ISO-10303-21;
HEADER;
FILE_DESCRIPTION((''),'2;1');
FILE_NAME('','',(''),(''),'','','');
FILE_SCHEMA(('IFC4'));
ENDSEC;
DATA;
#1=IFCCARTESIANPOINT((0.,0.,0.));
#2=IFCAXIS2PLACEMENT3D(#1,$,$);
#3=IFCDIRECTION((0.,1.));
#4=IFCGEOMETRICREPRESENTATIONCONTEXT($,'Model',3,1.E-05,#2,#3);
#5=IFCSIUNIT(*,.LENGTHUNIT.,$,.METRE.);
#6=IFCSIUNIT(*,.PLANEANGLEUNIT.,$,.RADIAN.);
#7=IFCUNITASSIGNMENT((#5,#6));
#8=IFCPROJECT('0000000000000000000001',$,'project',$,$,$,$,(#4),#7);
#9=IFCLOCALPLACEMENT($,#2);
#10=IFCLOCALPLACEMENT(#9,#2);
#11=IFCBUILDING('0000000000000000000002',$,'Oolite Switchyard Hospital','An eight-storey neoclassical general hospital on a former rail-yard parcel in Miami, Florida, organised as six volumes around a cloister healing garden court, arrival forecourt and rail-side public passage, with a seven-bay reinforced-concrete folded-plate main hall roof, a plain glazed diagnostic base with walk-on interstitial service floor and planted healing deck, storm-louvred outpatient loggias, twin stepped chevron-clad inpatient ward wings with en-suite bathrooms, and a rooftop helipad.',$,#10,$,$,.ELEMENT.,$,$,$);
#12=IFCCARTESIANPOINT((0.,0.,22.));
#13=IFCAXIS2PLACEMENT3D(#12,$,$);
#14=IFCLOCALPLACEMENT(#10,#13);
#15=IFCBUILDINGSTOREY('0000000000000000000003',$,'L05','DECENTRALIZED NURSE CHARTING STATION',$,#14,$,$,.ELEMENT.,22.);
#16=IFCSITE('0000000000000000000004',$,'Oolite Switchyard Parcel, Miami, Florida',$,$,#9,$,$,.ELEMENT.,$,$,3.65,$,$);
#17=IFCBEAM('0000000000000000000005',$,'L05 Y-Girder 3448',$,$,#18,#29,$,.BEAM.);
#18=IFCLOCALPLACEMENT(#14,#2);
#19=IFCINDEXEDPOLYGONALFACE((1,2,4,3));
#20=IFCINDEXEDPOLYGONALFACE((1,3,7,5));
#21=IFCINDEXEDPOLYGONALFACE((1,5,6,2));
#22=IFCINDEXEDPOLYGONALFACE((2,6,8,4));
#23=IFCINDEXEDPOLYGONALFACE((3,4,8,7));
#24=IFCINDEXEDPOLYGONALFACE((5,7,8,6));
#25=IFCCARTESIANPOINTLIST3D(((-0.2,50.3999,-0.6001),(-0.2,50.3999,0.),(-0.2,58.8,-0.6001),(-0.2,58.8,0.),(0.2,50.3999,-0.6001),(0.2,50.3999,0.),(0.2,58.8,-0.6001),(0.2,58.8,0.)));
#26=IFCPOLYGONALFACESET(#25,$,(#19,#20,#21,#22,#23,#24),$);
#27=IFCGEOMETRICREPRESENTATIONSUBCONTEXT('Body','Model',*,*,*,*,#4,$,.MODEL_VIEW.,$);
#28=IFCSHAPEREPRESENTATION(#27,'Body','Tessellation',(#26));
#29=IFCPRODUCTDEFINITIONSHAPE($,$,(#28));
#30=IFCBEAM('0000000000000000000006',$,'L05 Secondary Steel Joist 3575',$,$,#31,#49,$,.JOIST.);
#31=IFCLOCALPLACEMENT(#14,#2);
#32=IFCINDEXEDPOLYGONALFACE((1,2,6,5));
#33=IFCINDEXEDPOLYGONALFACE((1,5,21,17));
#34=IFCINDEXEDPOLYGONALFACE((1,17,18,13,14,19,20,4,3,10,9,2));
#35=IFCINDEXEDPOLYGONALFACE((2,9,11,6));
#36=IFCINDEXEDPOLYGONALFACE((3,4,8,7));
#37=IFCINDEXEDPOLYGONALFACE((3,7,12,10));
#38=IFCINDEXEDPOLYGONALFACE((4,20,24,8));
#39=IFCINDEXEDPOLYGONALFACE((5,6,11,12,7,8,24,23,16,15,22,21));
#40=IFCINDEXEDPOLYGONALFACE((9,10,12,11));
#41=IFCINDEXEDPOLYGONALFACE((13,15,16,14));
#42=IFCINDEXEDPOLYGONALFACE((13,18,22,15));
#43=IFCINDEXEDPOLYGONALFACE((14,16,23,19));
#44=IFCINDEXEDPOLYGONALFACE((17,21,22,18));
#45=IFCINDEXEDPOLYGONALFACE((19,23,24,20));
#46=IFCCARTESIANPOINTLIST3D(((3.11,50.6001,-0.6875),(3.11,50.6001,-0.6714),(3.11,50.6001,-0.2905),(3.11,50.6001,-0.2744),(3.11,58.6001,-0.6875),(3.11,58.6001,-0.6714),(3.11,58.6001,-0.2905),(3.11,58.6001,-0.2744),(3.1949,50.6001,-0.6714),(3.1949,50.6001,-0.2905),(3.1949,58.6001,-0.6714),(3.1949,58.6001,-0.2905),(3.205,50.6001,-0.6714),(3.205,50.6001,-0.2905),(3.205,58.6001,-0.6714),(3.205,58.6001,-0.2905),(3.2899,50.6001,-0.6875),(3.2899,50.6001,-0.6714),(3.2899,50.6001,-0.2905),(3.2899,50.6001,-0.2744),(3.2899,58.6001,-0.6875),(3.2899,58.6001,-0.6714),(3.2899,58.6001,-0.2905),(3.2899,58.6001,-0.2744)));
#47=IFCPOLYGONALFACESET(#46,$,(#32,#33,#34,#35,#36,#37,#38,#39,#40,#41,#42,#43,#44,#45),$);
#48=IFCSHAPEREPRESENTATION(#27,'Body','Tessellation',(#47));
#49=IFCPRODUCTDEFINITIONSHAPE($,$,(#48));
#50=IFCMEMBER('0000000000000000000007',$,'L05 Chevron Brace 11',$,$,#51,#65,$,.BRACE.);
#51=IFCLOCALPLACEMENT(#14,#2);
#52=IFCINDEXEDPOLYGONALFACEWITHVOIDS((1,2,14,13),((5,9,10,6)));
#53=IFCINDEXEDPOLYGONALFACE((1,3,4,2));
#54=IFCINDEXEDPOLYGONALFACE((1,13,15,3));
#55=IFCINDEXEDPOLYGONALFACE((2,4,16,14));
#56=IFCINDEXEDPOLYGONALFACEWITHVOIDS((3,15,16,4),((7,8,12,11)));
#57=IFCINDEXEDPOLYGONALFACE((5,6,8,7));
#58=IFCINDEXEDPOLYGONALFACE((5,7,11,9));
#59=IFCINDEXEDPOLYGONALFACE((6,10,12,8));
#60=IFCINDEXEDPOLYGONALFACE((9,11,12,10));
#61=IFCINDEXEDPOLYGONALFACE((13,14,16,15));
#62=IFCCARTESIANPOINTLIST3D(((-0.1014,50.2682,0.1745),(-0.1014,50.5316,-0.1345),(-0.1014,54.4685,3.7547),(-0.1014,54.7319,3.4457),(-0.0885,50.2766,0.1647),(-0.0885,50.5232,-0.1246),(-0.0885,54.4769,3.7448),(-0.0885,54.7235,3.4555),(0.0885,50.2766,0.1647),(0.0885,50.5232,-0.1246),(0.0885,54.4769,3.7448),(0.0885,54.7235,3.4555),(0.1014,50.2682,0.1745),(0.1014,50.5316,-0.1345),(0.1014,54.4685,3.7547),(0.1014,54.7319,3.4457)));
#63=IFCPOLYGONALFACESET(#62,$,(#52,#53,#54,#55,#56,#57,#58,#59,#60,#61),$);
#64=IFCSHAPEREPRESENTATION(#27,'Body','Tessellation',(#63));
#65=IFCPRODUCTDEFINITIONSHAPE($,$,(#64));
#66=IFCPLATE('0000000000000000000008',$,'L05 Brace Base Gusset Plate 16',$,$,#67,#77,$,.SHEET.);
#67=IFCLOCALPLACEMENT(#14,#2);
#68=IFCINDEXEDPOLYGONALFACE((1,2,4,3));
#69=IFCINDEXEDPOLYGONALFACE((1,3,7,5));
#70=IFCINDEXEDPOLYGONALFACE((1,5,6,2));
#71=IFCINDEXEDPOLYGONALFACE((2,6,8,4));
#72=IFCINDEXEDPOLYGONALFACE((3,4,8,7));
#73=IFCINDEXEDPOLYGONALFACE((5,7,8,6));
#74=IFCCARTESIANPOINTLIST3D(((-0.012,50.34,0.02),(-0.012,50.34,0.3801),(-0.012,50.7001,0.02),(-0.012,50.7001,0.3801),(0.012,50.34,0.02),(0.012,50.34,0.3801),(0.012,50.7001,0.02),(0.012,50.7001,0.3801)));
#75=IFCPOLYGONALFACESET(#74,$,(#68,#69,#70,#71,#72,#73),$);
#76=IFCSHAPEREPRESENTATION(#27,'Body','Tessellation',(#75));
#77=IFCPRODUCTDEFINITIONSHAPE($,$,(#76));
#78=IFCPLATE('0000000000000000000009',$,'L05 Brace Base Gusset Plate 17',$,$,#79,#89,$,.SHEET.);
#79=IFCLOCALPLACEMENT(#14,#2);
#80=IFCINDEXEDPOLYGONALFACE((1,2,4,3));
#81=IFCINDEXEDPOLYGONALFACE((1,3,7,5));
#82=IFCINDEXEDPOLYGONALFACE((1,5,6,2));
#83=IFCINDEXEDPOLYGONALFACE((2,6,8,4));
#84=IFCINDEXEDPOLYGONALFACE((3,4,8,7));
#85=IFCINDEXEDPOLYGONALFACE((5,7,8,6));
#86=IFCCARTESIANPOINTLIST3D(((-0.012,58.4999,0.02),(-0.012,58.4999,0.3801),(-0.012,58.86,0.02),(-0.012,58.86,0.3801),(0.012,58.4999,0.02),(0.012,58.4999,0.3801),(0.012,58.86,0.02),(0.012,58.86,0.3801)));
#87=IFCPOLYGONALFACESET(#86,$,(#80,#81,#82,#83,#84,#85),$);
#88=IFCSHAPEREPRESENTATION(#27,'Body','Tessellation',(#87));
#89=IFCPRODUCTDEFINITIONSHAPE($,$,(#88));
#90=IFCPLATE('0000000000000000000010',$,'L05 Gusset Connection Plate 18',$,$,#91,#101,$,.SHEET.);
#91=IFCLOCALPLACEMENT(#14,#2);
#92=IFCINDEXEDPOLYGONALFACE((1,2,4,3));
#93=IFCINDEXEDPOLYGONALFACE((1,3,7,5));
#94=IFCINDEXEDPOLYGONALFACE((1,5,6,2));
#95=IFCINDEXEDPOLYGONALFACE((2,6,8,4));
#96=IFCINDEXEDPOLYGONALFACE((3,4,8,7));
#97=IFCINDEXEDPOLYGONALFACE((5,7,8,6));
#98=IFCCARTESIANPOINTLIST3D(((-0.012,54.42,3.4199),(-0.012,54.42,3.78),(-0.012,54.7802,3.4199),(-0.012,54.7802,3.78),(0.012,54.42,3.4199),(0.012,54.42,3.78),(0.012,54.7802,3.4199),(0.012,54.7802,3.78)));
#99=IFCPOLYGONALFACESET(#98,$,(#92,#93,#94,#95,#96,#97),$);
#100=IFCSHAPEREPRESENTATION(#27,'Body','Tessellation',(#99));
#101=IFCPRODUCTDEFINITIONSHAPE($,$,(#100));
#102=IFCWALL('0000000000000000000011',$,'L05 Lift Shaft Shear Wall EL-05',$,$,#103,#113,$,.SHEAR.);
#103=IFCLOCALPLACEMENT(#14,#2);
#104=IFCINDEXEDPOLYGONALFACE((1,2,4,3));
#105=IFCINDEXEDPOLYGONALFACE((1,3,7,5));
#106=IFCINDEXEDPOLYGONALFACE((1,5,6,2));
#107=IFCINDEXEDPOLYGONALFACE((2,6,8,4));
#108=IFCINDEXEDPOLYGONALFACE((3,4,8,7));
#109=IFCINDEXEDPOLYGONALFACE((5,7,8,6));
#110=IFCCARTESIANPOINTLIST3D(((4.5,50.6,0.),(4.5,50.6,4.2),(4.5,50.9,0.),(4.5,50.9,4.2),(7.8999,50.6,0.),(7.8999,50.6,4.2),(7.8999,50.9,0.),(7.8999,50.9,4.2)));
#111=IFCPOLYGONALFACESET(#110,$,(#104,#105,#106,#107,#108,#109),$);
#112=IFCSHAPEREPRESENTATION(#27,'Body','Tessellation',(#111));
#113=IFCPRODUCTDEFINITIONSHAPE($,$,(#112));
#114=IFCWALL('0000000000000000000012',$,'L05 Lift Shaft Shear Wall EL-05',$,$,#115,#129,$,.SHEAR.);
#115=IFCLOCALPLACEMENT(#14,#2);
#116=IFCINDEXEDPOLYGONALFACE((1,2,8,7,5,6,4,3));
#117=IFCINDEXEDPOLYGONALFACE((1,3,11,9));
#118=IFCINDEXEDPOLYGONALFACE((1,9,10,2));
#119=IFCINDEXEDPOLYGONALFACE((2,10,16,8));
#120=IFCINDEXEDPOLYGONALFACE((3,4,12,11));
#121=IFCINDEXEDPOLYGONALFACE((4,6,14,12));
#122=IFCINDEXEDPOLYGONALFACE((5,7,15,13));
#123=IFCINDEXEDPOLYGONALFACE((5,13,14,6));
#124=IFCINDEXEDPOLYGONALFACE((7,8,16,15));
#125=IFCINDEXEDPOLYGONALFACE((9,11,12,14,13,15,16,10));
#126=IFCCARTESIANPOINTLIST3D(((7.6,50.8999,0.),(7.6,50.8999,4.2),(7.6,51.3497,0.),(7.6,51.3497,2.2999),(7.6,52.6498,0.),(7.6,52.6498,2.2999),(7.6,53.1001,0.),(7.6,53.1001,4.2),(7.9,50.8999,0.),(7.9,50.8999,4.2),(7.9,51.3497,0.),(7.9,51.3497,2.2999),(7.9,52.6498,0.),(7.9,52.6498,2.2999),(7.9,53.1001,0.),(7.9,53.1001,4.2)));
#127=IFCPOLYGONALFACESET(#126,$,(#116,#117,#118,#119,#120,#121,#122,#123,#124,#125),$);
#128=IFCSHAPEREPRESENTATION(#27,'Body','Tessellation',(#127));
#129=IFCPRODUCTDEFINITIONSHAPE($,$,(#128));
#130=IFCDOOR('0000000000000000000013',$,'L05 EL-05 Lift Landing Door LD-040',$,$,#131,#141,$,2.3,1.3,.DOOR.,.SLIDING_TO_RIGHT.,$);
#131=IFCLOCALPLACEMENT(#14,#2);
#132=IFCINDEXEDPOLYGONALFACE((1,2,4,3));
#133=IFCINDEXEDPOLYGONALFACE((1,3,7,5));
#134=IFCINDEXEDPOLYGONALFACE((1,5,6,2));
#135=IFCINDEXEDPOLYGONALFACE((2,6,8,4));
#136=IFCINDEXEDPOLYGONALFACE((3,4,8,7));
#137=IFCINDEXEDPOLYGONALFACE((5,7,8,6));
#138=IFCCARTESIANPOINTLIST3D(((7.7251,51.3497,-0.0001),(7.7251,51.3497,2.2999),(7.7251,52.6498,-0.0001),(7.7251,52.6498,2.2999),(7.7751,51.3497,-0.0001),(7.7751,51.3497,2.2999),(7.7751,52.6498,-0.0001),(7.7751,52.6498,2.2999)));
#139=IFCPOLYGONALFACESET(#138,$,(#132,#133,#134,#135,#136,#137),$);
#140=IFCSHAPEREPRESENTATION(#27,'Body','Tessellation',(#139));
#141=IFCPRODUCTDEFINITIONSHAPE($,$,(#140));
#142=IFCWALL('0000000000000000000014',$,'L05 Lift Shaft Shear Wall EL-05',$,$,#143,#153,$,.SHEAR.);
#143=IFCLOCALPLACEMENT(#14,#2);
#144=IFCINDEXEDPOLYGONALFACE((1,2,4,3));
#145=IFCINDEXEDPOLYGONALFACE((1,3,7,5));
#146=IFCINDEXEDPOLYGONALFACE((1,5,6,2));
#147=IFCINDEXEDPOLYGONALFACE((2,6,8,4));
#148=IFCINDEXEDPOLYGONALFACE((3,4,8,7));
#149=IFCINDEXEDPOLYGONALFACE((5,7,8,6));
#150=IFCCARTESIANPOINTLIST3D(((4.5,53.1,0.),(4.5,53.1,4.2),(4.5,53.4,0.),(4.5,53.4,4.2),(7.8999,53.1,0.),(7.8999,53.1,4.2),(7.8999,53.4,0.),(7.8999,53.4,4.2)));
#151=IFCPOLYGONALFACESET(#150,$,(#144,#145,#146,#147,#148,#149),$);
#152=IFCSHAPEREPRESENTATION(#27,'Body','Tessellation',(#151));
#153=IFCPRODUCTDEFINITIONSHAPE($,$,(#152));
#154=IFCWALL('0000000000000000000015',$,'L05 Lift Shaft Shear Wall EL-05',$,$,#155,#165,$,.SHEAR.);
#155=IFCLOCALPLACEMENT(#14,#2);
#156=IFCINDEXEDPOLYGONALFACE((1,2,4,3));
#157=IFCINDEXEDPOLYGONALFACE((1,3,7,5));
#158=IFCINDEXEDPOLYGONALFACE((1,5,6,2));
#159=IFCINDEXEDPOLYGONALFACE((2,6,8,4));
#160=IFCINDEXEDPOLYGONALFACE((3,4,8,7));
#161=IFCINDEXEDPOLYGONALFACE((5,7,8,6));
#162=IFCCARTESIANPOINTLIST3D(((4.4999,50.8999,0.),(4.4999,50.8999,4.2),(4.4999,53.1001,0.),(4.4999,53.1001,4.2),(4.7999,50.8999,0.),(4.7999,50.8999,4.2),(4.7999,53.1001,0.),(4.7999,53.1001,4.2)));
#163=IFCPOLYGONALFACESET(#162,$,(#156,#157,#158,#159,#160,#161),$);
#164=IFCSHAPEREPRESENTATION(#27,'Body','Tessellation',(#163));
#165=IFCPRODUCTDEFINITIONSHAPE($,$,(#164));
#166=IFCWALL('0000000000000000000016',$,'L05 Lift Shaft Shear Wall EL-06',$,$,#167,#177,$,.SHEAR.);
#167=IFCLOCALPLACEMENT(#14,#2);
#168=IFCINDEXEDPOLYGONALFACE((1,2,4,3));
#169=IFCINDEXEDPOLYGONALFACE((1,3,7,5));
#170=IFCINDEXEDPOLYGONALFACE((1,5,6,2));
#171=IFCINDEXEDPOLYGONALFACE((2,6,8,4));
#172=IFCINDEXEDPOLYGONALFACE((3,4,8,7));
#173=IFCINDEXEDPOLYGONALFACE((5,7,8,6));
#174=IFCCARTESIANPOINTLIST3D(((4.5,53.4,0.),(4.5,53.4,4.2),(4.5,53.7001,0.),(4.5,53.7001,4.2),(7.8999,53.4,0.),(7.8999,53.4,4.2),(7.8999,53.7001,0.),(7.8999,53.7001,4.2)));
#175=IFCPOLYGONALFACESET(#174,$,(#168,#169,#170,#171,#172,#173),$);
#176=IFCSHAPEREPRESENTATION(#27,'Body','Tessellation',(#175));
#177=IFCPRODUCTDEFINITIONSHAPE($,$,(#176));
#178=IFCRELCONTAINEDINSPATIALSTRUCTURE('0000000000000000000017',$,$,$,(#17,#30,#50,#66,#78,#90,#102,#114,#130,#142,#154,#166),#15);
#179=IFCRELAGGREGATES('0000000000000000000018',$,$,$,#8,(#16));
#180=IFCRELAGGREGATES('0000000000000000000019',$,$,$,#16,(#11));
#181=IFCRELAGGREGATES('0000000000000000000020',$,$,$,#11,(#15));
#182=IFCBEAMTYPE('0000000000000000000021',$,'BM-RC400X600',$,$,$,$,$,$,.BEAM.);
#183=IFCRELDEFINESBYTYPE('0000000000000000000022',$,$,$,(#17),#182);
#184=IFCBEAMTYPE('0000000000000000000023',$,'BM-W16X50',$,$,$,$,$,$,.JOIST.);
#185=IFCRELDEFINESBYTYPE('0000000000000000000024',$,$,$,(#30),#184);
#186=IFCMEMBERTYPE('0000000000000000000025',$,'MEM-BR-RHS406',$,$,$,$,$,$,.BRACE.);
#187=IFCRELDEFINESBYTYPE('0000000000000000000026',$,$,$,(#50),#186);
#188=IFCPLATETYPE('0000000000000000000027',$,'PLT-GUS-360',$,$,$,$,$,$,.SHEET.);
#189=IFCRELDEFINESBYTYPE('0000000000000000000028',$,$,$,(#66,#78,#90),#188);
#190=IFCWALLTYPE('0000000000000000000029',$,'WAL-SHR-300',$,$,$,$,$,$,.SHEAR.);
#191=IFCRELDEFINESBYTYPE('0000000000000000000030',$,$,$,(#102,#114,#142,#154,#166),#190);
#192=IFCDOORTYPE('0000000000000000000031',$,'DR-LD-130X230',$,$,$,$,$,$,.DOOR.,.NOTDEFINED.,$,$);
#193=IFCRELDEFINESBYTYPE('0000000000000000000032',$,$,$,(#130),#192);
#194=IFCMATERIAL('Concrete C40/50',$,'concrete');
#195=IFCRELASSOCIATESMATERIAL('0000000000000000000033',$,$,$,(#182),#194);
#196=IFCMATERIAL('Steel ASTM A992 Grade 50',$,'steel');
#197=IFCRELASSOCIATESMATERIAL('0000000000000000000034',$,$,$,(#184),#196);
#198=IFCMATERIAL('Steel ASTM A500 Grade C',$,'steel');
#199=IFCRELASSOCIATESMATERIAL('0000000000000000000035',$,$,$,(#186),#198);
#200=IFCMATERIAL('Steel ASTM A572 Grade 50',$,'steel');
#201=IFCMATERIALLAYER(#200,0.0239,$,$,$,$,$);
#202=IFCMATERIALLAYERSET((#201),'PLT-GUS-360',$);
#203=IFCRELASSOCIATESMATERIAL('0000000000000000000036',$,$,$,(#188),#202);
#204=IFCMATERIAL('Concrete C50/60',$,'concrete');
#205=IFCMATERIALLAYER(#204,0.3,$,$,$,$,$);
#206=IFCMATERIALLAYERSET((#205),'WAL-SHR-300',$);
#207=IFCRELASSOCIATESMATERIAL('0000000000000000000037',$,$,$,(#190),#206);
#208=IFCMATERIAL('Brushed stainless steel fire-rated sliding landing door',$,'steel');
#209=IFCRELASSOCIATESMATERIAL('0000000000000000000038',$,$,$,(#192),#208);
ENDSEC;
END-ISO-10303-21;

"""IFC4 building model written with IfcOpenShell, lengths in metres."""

from ifc_helpers import new_model, si_unit, direction, frame, frame_2d, origin, origin_2d, place, context, subcontext, project, spatial, rectangle, hollow_rectangle, i_section, extrude, material, layer, layer_set, material_profile, profile_set, type_object, element, fill, save


model = new_model("IFC4")

# Units and contexts
model_context = context("Model", 3, precision=1e-05, world=origin(), true_north=direction((0.0, 1.0)))
body_context = subcontext(model_context, "Body", "Model", "MODEL_VIEW")
ifc_project = project(units=[si_unit("LENGTHUNIT", "METRE"), si_unit("PLANEANGLEUNIT", "RADIAN")], contexts=[model_context])

# Site, building, storey
site_placement = place(None, origin())
site = spatial("IfcSite", under=ifc_project, at=site_placement, Name="Oolite Switchyard Parcel, Miami, Florida", CompositionType="ELEMENT", RefElevation=3.65)
building_placement = place(site_placement, origin())
building = spatial("IfcBuilding", under=site, at=building_placement, Name="Oolite Switchyard Hospital", Description="An eight-storey neoclassical general hospital on a former rail-yard parcel in Miami, Florida, organised as six volumes around a cloister healing garden court, arrival forecourt and rail-side public passage, with a seven-bay reinforced-concrete folded-plate main hall roof, a plain glazed diagnostic base with walk-on interstitial service floor and planted healing deck, storm-louvred outpatient loggias, twin stepped chevron-clad inpatient ward wings with en-suite bathrooms, and a rooftop helipad.", CompositionType="ELEMENT")
storey_placement = place(building_placement, frame((0.0, 0.0, 22.0)))
storey = spatial("IfcBuildingStorey", under=building, at=storey_placement, Name="L05", Description="DECENTRALIZED NURSE CHARTING STATION", CompositionType="ELEMENT", Elevation=22.0)

# Beams
ifc_material_1 = material(Name="Concrete C40/50", Category="concrete")
ifc_material_profile_1 = material_profile(ifc_material_1, rectangle(XDim=0.3999, YDim=0.6001, at=origin_2d()), Name="RCB400X600")
ifc_profile_set_1 = profile_set([ifc_material_profile_1], Name="Concrete C40/50")
beam_type_1 = type_object("IfcBeamType", Name="BM-RC400X600", PredefinedType="BEAM", material=ifc_profile_set_1)
beam_1_placement = place(storey_placement, frame((0.0, 50.3999, -0.3), z_axis=(0.0, 1.0, 0.0), x_axis=(-1.0, 0.0, 0.0)))
element("IfcBeam", 1, at=beam_1_placement, inside=storey, type_object=beam_type_1, Name="L05 Y-Girder 3448", PredefinedType="BEAM", context=body_context, shape_type="SweptSolid", body=[
    extrude(rectangle(XDim=0.3999, YDim=0.6001, at=origin_2d()), origin(), (0.0, 0.0, 1.0), 8.4001),
])
ifc_material_2 = material(Name="Steel ASTM A992 Grade 50", Category="steel")
ifc_material_profile_2 = material_profile(ifc_material_2, i_section(OverallWidth=0.1799, OverallDepth=0.4131, WebThickness=0.01, FlangeThickness=0.0161, at=origin_2d()), Name="W16X50")
ifc_profile_set_2 = profile_set([ifc_material_profile_2], Name="Steel ASTM A992 Grade 50")
beam_type_2 = type_object("IfcBeamType", Name="BM-W16X50", PredefinedType="JOIST", material=ifc_profile_set_2)
beam_2_placement = place(storey_placement, frame((3.2, 50.6001, -0.481), z_axis=(0.0, 1.0, 0.0), x_axis=(-1.0, 0.0, 0.0)))
element("IfcBeam", 2, at=beam_2_placement, inside=storey, type_object=beam_type_2, Name="L05 Secondary Steel Joist 3575", PredefinedType="JOIST", context=body_context, shape_type="SweptSolid", body=[
    extrude(i_section(OverallWidth=0.1799, OverallDepth=0.4131, WebThickness=0.01, FlangeThickness=0.0161, at=origin_2d()), origin(), (0.0, 0.0, 1.0), 8.0),
])

# Member
ifc_material_3 = material(Name="Steel ASTM A500 Grade C", Category="steel")
ifc_material_profile_3 = material_profile(ifc_material_3, hollow_rectangle(XDim=0.2029, YDim=0.406, WallThickness=0.0129, at=origin_2d()), Name="HSS406X203X13")
ifc_profile_set_3 = profile_set([ifc_material_profile_3], Name="Steel ASTM A500 Grade C")
member_type = type_object("IfcMemberType", Name="MEM-BR-RHS406", PredefinedType="BRACE", material=ifc_profile_set_3)
member_placement = place(storey_placement, frame((0.0, 50.3999, 0.02), z_axis=(0.0, 0.761052, 0.64869), x_axis=(-1.0, 0.0, 0.0)))
element("IfcMember", 3, at=member_placement, inside=storey, type_object=member_type, Name="L05 Chevron Brace 11", PredefinedType="BRACE", context=body_context, shape_type="SweptSolid", body=[
    extrude(hollow_rectangle(XDim=0.2029, YDim=0.406, WallThickness=0.0129, at=origin_2d()), origin(), (0.0, 0.0, 1.0), 5.519),
])

# Plates
ifc_material_4 = material(Name="Steel ASTM A572 Grade 50", Category="steel")
ifc_layer_1 = layer(ifc_material_4, 0.0239)
ifc_layer_set_1 = layer_set([ifc_layer_1], Name="PLT-GUS-360")
plate_type = type_object("IfcPlateType", Name="PLT-GUS-360", PredefinedType="SHEET", material=ifc_layer_set_1)
for number, where, z_axis, x_axis, name in (
    (4, (0.0, 50.52, 0.02), (0.0, 0.0, 1.0), (0.0, 1.0, 0.0), "L05 Brace Base Gusset Plate 16"),
    (5, (0.0, 58.6799, 0.02), (0.0, 0.0, 1.0), (0.0, 1.0, 0.0), "L05 Brace Base Gusset Plate 17"),
    (6, (0.0, 54.6001, 3.4199), (0.0, 0.0, 1.0), (0.0, 1.0, 0.0), "L05 Gusset Connection Plate 18"),
):
    element("IfcPlate", number, at=place(storey_placement, frame(where, z_axis=z_axis, x_axis=x_axis)), inside=storey, type_object=plate_type, Name=name, PredefinedType="SHEET", context=body_context, shape_type="SweptSolid", body=[
        extrude(rectangle(XDim=0.3601, YDim=0.0239, at=origin_2d()), origin(), (0.0, 0.0, 1.0), 0.3601),
    ])

# Wall
ifc_material_5 = material(Name="Concrete C50/60", Category="concrete")
ifc_layer_2 = layer(ifc_material_5, 0.3)
ifc_layer_set_2 = layer_set([ifc_layer_2], Name="WAL-SHR-300")
wall_type = type_object("IfcWallType", Name="WAL-SHR-300", PredefinedType="SHEAR", material=ifc_layer_set_2)
wall_1_placement = place(storey_placement, frame((4.5, 50.75, 0.0), z_axis=(0.0, 0.0, 1.0), x_axis=(1.0, 0.0, 0.0)))
element("IfcWall", 7, at=wall_1_placement, inside=storey, type_object=wall_type, Name="L05 Lift Shaft Shear Wall EL-05", PredefinedType="SHEAR", context=body_context, shape_type="SweptSolid", body=[
    extrude(rectangle(XDim=3.3999, YDim=0.3, at=frame_2d((1.7, 0.0))), origin(), (0.0, 0.0, 1.0), 4.2),
])

# Wall, opening, door
wall_2_placement = place(storey_placement, frame((7.75, 50.8999, 0.0), z_axis=(0.0, 0.0, 1.0), x_axis=(0.0, 1.0, 0.0)))
wall_2 = element("IfcWall", 8, at=wall_2_placement, inside=storey, type_object=wall_type, Name="L05 Lift Shaft Shear Wall EL-05", PredefinedType="SHEAR", context=body_context, shape_type="SweptSolid", body=[
    extrude(rectangle(XDim=2.2002, YDim=0.3, at=frame_2d((1.1001, 0.0))), origin(), (0.0, 0.0, 1.0), 4.2),
])
opening_1_placement = place(wall_2_placement, frame((0.45, 0.0, 0.0)))
opening_1 = element("IfcOpeningElement", 9, at=opening_1_placement, cuts=wall_2, PredefinedType="OPENING", context=body_context, shape_type="SweptSolid", body=[
    extrude(rectangle(XDim=1.3, YDim=2.3, at=frame_2d((0.6499, 1.1499))), frame((0.0, 0.1602, 0.0), z_axis=(0.0, -1.0, 0.0), x_axis=(1.0, 0.0, 0.0)), (0.0, 0.0, 1.0), 0.3201),
])
ifc_material_6 = material(Name="Brushed stainless steel fire-rated sliding landing door", Category="steel")
door_type_1 = type_object("IfcDoorType", Name="DR-LD-130X230", OperationType="NOTDEFINED", PredefinedType="DOOR", material=ifc_material_6)
door_1_placement = place(opening_1_placement, origin())
door_1 = element("IfcDoor", 10, at=door_1_placement, inside=storey, type_object=door_type_1, Name="L05 EL-05 Lift Landing Door LD-040", OperationType="SLIDING_TO_RIGHT", OverallHeight=2.3, OverallWidth=1.3, PredefinedType="DOOR", context=body_context, shape_type="SweptSolid", body=[
    extrude(rectangle(XDim=1.3, YDim=2.3, at=frame_2d((0.6499, 1.1499))), frame((0.0, 0.0249, 0.0), z_axis=(0.0, -1.0, 0.0), x_axis=(1.0, 0.0, 0.0)), (0.0, 0.0, 1.0), 0.05),
])
fill(opening_1, door_1)

# Walls
wall_3_placement = place(storey_placement, frame((7.8999, 53.25, 0.0), z_axis=(0.0, 0.0, 1.0), x_axis=(-1.0, 0.0, 0.0)))
element("IfcWall", 11, at=wall_3_placement, inside=storey, type_object=wall_type, Name="L05 Lift Shaft Shear Wall EL-05", PredefinedType="SHEAR", context=body_context, shape_type="SweptSolid", body=[
    extrude(rectangle(XDim=3.3999, YDim=0.3, at=frame_2d((1.7, 0.0))), origin(), (0.0, 0.0, 1.0), 4.2),
])
wall_4_placement = place(storey_placement, frame((4.6499, 53.1001, 0.0), z_axis=(0.0, 0.0, 1.0), x_axis=(0.0, -1.0, 0.0)))
element("IfcWall", 12, at=wall_4_placement, inside=storey, type_object=wall_type, Name="L05 Lift Shaft Shear Wall EL-05", PredefinedType="SHEAR", context=body_context, shape_type="SweptSolid", body=[
    extrude(rectangle(XDim=2.2002, YDim=0.3, at=frame_2d((1.1001, 0.0))), origin(), (0.0, 0.0, 1.0), 4.2),
])
wall_5_placement = place(storey_placement, frame((4.5, 53.55, 0.0), z_axis=(0.0, 0.0, 1.0), x_axis=(1.0, 0.0, 0.0)))
element("IfcWall", 13, at=wall_5_placement, inside=storey, type_object=wall_type, Name="L05 Lift Shaft Shear Wall EL-06", PredefinedType="SHEAR", context=body_context, shape_type="SweptSolid", body=[
    extrude(rectangle(XDim=3.3999, YDim=0.3, at=frame_2d((1.7, 0.0))), origin(), (0.0, 0.0, 1.0), 4.2),
])

save(model, "model.ifc")
